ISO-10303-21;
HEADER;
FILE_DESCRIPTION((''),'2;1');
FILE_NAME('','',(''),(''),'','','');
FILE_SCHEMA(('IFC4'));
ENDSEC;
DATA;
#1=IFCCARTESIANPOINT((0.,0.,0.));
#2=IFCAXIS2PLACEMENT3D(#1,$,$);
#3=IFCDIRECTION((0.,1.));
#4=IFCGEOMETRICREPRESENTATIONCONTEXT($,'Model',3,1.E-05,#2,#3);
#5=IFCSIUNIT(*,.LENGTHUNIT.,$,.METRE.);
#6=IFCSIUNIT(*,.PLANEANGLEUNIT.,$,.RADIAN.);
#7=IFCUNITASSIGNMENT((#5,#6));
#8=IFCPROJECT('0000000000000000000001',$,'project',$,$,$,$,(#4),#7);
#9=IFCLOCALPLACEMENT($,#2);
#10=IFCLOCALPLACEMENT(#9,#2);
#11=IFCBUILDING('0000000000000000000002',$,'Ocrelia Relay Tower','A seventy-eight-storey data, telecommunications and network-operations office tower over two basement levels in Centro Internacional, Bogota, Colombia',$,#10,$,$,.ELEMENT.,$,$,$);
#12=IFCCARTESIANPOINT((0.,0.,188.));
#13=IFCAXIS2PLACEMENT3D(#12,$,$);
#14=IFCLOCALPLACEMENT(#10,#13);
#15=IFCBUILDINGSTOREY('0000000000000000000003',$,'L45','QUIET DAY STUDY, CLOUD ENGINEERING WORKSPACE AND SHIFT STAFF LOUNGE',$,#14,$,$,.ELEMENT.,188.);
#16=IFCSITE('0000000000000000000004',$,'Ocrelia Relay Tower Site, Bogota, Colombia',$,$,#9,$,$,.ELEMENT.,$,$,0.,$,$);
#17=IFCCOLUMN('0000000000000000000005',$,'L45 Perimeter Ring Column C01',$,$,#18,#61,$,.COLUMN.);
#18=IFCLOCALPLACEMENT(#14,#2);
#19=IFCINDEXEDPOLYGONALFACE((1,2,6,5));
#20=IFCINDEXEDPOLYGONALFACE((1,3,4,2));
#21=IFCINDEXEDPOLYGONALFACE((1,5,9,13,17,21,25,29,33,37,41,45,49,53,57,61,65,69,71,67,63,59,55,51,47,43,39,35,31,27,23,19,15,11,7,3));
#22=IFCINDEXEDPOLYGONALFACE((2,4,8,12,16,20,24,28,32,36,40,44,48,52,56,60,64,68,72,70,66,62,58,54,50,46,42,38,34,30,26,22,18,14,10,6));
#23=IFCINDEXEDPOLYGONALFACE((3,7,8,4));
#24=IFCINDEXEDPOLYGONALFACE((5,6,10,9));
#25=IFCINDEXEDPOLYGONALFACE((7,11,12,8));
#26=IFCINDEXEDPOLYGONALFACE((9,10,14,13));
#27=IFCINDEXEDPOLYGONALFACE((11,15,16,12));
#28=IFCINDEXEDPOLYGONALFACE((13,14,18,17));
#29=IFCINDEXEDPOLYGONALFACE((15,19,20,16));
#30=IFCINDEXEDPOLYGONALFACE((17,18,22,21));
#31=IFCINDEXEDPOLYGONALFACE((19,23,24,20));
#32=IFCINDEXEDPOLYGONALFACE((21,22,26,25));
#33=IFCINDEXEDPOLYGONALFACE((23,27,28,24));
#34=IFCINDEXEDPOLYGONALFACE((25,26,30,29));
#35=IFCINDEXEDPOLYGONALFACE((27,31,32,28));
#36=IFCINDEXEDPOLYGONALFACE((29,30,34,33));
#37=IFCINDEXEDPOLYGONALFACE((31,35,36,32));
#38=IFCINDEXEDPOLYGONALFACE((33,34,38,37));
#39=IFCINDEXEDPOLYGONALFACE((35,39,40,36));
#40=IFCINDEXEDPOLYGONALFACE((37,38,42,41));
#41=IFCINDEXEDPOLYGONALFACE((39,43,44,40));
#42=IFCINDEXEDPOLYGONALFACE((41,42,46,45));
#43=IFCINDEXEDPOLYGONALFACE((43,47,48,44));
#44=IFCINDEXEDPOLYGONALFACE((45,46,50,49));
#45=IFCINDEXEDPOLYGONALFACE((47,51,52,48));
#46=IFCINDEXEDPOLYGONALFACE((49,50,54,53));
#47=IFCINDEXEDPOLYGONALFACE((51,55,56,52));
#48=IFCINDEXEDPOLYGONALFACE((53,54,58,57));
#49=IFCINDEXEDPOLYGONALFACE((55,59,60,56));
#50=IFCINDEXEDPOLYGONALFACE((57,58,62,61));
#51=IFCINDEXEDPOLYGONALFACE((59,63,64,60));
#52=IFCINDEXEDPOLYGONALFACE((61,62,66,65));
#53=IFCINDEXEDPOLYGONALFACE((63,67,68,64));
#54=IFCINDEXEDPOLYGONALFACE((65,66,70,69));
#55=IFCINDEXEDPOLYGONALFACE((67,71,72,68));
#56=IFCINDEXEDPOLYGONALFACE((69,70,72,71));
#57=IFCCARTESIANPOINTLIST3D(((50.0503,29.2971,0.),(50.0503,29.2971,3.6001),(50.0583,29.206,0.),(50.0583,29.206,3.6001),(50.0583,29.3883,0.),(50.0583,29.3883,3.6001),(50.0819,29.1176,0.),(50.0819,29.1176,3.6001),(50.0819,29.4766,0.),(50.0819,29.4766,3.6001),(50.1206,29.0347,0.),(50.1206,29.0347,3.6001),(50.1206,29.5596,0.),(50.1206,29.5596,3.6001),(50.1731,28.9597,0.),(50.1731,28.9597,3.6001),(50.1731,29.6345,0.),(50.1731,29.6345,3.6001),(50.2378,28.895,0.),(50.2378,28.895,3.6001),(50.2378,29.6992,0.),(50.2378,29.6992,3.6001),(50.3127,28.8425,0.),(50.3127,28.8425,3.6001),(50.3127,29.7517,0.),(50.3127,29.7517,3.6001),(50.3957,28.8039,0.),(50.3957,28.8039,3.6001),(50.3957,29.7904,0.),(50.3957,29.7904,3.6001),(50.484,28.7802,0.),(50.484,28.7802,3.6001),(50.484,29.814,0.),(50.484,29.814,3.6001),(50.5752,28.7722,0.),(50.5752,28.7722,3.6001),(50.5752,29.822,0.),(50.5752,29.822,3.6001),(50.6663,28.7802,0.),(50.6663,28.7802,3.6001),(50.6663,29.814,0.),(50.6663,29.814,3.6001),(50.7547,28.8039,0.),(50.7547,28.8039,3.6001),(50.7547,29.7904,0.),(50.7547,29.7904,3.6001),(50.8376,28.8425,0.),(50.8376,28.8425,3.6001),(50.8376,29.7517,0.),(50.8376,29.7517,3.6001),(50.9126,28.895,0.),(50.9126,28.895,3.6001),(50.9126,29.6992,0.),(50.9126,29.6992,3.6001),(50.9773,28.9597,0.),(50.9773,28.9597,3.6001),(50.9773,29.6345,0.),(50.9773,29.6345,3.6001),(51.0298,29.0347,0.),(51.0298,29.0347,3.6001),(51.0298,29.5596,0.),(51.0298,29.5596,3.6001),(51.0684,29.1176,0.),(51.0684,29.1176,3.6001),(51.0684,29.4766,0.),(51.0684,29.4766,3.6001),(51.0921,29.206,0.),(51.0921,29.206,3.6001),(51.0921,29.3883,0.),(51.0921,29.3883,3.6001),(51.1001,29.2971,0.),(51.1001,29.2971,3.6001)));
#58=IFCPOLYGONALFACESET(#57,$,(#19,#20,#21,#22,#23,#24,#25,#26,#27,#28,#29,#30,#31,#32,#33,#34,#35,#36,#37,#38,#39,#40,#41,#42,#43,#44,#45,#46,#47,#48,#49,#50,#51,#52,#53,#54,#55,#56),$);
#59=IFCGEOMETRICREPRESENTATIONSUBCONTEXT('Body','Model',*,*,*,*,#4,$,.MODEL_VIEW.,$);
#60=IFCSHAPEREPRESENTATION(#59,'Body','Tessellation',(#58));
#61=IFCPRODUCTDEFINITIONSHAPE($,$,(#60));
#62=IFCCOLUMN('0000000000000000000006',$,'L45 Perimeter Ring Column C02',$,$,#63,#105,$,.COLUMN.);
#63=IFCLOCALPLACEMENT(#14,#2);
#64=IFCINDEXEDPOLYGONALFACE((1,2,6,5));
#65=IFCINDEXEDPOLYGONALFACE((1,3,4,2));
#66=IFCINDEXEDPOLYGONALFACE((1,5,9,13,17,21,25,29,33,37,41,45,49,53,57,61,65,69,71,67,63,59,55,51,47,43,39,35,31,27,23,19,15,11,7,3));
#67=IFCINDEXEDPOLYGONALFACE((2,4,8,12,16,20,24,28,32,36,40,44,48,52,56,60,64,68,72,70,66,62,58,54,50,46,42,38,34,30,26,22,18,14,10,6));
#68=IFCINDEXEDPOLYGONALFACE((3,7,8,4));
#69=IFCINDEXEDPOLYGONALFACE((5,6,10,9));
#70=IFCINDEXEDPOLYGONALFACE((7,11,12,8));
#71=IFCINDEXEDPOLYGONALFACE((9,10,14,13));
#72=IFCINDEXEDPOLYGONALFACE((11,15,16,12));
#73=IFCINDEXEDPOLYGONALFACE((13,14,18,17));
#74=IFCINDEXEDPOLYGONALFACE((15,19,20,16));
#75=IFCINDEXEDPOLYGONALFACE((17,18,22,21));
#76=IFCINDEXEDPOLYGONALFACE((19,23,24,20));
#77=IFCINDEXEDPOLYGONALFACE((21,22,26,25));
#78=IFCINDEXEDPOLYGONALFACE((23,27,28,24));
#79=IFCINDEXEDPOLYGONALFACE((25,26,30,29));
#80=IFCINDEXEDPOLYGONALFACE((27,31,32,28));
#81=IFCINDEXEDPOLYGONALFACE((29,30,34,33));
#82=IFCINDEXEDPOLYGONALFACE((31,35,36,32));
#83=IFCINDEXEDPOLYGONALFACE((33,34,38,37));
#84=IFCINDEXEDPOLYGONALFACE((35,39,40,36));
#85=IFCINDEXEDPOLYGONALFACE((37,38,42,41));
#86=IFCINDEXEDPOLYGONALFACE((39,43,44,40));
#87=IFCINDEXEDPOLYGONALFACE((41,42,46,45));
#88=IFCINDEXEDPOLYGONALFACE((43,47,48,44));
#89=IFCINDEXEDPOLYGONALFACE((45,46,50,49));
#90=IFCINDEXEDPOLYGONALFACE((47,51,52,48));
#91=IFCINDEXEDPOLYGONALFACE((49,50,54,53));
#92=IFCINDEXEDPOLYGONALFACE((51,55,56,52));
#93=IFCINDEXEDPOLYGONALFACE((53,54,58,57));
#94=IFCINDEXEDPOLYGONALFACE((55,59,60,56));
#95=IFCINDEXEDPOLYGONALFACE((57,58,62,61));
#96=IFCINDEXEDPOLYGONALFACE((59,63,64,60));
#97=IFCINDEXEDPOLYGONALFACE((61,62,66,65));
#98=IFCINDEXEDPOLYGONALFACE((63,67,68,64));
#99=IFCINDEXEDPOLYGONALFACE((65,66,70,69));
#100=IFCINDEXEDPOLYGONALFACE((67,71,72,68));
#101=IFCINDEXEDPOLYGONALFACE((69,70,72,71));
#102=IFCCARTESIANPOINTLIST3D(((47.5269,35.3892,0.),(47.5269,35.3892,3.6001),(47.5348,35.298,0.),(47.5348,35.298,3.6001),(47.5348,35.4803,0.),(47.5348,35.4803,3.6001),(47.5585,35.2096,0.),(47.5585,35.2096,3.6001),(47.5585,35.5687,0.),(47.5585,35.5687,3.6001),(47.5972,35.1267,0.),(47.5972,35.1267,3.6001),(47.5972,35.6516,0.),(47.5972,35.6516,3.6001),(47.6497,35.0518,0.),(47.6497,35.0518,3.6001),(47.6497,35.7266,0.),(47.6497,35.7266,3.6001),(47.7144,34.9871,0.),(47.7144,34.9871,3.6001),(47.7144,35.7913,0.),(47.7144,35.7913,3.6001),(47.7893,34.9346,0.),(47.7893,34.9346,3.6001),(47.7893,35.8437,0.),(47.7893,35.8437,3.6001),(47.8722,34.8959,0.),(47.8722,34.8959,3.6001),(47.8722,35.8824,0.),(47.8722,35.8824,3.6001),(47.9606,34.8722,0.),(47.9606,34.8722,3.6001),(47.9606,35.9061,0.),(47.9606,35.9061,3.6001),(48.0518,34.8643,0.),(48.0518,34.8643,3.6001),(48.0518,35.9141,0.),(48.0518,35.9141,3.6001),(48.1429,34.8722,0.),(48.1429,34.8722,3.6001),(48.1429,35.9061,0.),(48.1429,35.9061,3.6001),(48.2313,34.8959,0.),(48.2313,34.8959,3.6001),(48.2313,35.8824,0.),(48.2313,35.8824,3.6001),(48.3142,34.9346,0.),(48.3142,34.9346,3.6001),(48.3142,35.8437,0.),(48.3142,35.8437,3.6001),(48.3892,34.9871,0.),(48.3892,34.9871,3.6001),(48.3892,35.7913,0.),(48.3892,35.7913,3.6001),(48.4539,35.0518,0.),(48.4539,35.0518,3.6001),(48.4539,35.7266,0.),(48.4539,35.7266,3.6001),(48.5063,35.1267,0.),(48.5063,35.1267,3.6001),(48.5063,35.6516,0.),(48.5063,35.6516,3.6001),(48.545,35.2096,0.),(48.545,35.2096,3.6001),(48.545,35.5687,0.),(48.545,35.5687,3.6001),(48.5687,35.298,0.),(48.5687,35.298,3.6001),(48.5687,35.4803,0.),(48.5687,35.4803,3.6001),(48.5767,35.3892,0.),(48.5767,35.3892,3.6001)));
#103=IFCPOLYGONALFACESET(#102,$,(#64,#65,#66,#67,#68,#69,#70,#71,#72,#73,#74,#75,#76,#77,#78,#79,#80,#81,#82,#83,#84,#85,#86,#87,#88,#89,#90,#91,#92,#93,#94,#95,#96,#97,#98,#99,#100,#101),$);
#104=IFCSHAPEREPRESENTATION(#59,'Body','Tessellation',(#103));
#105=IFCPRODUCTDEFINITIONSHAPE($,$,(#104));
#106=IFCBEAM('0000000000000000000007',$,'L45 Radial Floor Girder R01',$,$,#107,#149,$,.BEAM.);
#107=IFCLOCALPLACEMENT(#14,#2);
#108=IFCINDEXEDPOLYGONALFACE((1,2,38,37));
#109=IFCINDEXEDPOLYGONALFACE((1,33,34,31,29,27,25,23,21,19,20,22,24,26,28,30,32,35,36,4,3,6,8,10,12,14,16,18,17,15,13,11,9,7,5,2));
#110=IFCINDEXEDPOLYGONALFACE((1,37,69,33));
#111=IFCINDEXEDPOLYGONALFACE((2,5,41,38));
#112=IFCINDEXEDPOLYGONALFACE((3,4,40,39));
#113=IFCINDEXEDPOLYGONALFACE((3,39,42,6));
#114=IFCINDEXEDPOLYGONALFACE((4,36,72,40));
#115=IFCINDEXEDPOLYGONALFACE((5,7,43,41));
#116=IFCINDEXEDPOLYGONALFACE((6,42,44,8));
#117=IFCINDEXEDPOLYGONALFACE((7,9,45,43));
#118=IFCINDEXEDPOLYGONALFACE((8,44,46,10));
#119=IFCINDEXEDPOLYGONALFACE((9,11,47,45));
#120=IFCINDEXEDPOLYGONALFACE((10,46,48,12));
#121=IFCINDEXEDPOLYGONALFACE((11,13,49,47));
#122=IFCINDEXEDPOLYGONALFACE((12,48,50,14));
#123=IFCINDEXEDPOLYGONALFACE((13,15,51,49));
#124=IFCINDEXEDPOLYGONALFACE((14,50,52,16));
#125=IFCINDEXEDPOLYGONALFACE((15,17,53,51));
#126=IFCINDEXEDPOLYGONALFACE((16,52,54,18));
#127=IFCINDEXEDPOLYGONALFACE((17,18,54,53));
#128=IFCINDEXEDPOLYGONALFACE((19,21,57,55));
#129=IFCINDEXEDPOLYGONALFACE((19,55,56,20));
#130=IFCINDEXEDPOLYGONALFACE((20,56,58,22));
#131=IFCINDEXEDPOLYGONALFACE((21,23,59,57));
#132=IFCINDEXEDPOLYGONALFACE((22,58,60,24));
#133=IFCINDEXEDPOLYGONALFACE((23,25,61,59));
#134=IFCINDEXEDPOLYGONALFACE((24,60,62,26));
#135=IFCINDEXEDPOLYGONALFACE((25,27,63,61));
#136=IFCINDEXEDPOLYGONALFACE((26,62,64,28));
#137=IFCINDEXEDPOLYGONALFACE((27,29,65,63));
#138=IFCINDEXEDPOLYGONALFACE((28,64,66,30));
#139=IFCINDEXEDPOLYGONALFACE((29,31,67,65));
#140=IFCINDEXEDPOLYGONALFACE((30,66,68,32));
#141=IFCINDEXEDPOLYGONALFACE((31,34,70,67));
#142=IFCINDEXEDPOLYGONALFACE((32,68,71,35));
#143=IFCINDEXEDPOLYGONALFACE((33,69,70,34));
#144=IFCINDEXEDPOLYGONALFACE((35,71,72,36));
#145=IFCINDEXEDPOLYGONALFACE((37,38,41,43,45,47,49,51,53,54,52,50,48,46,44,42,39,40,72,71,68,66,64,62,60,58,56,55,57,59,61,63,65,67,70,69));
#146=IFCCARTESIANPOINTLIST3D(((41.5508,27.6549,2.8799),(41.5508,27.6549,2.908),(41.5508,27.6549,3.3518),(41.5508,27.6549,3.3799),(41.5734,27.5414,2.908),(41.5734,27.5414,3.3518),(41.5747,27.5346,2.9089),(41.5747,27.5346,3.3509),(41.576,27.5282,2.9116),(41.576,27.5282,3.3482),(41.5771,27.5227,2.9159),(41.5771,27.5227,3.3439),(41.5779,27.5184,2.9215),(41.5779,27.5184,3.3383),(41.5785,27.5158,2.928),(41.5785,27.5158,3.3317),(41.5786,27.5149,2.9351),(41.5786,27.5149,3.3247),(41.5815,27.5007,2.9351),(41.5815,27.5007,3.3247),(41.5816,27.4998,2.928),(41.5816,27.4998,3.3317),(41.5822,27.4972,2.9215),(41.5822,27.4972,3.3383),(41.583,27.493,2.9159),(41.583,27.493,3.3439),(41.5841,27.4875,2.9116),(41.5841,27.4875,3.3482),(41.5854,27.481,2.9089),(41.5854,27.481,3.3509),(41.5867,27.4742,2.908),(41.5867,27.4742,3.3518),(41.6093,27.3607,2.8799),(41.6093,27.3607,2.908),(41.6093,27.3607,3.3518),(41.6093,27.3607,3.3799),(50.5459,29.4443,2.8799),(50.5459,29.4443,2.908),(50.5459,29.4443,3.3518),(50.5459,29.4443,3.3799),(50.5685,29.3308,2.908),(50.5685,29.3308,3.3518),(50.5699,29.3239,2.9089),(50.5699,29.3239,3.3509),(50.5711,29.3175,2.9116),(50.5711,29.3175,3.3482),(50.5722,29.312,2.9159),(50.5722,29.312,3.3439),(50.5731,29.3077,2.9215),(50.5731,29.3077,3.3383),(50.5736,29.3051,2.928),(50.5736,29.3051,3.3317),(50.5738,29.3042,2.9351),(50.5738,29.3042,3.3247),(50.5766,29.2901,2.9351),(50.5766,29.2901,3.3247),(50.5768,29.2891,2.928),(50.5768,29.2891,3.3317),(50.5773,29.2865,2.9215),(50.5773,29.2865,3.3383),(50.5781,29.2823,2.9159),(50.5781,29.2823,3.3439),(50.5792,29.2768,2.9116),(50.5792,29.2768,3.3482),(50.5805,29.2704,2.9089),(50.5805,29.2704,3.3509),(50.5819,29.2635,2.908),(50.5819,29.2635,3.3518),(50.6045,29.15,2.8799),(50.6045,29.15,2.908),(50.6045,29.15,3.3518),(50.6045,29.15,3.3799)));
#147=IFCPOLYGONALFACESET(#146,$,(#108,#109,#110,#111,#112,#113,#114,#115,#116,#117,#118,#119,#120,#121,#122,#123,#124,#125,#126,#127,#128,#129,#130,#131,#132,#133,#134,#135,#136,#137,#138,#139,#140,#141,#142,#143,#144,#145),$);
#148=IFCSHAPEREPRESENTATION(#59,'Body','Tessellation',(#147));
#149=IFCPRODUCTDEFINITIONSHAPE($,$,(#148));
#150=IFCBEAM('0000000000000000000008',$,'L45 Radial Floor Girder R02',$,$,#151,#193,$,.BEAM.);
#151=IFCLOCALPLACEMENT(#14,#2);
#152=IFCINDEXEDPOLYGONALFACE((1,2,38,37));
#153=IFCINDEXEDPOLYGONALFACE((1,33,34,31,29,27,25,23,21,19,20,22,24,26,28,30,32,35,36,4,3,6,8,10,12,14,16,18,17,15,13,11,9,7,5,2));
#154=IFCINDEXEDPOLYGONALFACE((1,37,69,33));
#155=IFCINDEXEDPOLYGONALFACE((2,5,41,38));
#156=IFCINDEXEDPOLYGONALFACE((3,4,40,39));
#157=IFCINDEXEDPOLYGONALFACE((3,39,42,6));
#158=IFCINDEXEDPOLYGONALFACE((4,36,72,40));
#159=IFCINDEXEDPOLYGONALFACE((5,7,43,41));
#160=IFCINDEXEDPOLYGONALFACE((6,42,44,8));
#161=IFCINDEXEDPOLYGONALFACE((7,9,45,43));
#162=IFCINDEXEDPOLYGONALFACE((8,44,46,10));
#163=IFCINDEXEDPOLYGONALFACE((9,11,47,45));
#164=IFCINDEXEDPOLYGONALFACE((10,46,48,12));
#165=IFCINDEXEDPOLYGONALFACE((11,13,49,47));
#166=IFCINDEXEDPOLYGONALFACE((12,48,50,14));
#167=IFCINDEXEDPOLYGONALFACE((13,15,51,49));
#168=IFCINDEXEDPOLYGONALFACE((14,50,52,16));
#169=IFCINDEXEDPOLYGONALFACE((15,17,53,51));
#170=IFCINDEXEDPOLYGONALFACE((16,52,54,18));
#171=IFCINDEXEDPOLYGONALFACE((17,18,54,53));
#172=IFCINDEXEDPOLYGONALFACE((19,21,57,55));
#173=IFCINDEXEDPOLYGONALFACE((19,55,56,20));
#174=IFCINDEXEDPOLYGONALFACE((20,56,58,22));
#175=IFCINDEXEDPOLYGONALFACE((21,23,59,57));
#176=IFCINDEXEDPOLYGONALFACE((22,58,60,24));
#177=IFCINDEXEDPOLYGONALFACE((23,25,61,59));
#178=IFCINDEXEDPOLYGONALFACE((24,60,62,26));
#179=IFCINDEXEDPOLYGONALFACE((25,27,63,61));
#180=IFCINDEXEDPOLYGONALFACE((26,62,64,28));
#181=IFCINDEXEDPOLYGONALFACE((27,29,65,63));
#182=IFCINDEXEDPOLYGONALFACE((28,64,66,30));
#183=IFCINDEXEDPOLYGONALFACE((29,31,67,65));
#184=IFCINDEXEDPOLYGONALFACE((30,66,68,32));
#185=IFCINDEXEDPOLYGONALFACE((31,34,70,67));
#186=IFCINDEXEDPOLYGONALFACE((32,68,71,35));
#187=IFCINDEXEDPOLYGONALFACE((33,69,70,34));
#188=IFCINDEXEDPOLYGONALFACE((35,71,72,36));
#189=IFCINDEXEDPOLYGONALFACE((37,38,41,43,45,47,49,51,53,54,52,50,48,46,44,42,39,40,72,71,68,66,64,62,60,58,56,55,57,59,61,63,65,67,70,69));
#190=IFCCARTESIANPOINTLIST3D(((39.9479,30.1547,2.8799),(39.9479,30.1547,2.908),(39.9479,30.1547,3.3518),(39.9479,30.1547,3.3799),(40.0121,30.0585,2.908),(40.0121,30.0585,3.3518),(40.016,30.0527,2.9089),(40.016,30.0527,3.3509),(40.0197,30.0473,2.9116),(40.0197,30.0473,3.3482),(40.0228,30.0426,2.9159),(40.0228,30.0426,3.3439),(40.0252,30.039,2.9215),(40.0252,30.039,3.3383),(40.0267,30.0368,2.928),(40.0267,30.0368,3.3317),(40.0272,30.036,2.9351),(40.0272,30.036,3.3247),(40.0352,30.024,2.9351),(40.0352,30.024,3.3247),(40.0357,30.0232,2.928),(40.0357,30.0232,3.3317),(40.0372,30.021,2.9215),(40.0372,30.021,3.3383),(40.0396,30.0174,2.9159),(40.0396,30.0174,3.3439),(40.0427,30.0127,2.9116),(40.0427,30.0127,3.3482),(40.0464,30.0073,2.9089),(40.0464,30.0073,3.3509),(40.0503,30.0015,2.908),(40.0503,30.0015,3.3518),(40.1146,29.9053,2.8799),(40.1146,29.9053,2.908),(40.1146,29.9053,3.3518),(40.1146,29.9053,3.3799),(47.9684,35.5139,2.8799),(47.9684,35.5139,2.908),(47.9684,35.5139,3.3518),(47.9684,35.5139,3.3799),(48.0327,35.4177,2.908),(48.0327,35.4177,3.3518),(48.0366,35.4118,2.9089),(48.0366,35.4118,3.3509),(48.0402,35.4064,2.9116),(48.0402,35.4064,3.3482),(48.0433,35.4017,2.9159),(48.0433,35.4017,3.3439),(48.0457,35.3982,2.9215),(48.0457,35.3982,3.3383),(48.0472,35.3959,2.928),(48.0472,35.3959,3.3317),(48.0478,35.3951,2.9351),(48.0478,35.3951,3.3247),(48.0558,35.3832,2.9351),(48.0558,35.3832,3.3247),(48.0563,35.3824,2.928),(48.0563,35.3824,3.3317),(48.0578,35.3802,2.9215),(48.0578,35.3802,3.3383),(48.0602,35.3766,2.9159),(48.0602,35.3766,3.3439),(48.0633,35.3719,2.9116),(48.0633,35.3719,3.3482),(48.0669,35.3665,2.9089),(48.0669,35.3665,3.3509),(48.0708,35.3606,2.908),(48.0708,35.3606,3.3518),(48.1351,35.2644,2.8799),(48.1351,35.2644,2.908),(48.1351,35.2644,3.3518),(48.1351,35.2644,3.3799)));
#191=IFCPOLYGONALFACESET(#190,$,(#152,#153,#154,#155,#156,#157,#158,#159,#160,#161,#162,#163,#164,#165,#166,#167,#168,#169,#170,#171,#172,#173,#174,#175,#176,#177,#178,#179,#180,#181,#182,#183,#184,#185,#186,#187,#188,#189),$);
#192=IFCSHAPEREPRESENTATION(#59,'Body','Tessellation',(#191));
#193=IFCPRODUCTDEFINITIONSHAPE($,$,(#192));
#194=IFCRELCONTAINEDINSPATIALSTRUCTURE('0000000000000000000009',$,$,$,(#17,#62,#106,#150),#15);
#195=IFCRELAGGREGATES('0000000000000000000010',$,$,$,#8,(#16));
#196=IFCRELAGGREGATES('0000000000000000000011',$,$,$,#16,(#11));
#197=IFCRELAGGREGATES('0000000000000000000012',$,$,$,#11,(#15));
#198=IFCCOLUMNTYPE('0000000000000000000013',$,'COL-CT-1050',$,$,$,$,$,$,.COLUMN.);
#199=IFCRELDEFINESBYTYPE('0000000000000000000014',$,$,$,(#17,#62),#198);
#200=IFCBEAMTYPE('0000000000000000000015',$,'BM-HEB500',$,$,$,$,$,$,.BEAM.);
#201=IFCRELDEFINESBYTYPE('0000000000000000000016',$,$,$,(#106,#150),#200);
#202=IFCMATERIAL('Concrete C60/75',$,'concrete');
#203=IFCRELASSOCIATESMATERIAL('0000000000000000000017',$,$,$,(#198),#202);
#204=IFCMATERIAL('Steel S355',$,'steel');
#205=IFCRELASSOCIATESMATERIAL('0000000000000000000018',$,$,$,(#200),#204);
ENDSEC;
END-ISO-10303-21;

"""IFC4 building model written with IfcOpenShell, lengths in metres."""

from ifc_helpers import new_model, si_unit, direction, frame, origin, origin_2d, place, context, subcontext, project, spatial, circle, i_section, extrude, material, material_profile, profile_set, type_object, element, save


model = new_model("IFC4")

# Units and contexts
model_context = context("Model", 3, precision=1e-05, world=origin(), true_north=direction((0.0, 1.0)))
body_context = subcontext(model_context, "Body", "Model", "MODEL_VIEW")
ifc_project = project(units=[si_unit("LENGTHUNIT", "METRE"), si_unit("PLANEANGLEUNIT", "RADIAN")], contexts=[model_context])

# Site, building, storey
site_placement = place(None, origin())
site = spatial("IfcSite", under=ifc_project, at=site_placement, Name="Ocrelia Relay Tower Site, Bogota, Colombia", CompositionType="ELEMENT", RefElevation=0.0)
building_placement = place(site_placement, origin())
building = spatial("IfcBuilding", under=site, at=building_placement, Name="Ocrelia Relay Tower", Description="A seventy-eight-storey data, telecommunications and network-operations office tower over two basement levels in Centro Internacional, Bogota, Colombia", CompositionType="ELEMENT")
storey_placement = place(building_placement, frame((0.0, 0.0, 188.0)))
storey = spatial("IfcBuildingStorey", under=building, at=storey_placement, Name="L45", Description="QUIET DAY STUDY, CLOUD ENGINEERING WORKSPACE AND SHIFT STAFF LOUNGE", CompositionType="ELEMENT", Elevation=188.0)

# Columns
ifc_material_1 = material(Name="Concrete C60/75", Category="concrete")
ifc_material_profile_1 = material_profile(ifc_material_1, circle(Radius=0.5249, at=origin_2d()), Name="RC-CIR-1050")
ifc_profile_set_1 = profile_set([ifc_material_profile_1], Name="Concrete C60/75")
column_type = type_object("IfcColumnType", Name="COL-CT-1050", PredefinedType="COLUMN", material=ifc_profile_set_1)
for number, where, z_axis, x_axis, name in (
    (1, (50.5752, 29.2971, 0.0), (0.0, 0.0, 1.0), (1.0, 0.0, 0.0), "L45 Perimeter Ring Column C01"),
    (2, (48.0518, 35.3892, 0.0), (0.0, 0.0, 1.0), (1.0, 0.0, 0.0), "L45 Perimeter Ring Column C02"),
):
    element("IfcColumn", number, at=place(storey_placement, frame(where, z_axis=z_axis, x_axis=x_axis)), inside=storey, type_object=column_type, Name=name, PredefinedType="COLUMN", context=body_context, shape_type="SweptSolid", body=[
        extrude(circle(Radius=0.5249, at=origin_2d()), origin(), (0.0, 0.0, 1.0), 3.6001),
    ])

# Beams
ifc_material_2 = material(Name="Steel S355", Category="steel")
ifc_material_profile_2 = material_profile(ifc_material_2, i_section(OverallWidth=0.3, OverallDepth=0.5, WebThickness=0.0144, FlangeThickness=0.0281, FilletRadius=0.0271, at=origin_2d()), Name="HEB 500")
ifc_profile_set_2 = profile_set([ifc_material_profile_2], Name="Steel S355")
beam_type_1 = type_object("IfcBeamType", Name="BM-HEB500", PredefinedType="BEAM", material=ifc_profile_set_2)
beam_1_placement = place(storey_placement, frame((50.5752, 29.2971, 3.1299), z_axis=(-0.980784, -0.195097, 0.0), x_axis=(0.195097, -0.980784, 0.0)))
element("IfcBeam", 3, at=beam_1_placement, inside=storey, type_object=beam_type_1, Name="L45 Radial Floor Girder R01", PredefinedType="BEAM", context=body_context, shape_type="SweptSolid", body=[
    extrude(i_section(OverallWidth=0.3, OverallDepth=0.5, WebThickness=0.0144, FlangeThickness=0.0281, FilletRadius=0.0271, at=origin_2d()), origin(), (0.0, 0.0, 1.0), 9.1714),
])
beam_2_placement = place(storey_placement, frame((48.0518, 35.3892, 3.1299), z_axis=(-0.83147, -0.55557, 0.0), x_axis=(0.55557, -0.83147, 0.0)))
element("IfcBeam", 4, at=beam_2_placement, inside=storey, type_object=beam_type_1, Name="L45 Radial Floor Girder R02", PredefinedType="BEAM", context=body_context, shape_type="SweptSolid", body=[
    extrude(i_section(OverallWidth=0.3, OverallDepth=0.5, WebThickness=0.0144, FlangeThickness=0.0281, FilletRadius=0.0271, at=origin_2d()), origin(), (0.0, 0.0, 1.0), 9.6462),
])

save(model, "model.ifc")
